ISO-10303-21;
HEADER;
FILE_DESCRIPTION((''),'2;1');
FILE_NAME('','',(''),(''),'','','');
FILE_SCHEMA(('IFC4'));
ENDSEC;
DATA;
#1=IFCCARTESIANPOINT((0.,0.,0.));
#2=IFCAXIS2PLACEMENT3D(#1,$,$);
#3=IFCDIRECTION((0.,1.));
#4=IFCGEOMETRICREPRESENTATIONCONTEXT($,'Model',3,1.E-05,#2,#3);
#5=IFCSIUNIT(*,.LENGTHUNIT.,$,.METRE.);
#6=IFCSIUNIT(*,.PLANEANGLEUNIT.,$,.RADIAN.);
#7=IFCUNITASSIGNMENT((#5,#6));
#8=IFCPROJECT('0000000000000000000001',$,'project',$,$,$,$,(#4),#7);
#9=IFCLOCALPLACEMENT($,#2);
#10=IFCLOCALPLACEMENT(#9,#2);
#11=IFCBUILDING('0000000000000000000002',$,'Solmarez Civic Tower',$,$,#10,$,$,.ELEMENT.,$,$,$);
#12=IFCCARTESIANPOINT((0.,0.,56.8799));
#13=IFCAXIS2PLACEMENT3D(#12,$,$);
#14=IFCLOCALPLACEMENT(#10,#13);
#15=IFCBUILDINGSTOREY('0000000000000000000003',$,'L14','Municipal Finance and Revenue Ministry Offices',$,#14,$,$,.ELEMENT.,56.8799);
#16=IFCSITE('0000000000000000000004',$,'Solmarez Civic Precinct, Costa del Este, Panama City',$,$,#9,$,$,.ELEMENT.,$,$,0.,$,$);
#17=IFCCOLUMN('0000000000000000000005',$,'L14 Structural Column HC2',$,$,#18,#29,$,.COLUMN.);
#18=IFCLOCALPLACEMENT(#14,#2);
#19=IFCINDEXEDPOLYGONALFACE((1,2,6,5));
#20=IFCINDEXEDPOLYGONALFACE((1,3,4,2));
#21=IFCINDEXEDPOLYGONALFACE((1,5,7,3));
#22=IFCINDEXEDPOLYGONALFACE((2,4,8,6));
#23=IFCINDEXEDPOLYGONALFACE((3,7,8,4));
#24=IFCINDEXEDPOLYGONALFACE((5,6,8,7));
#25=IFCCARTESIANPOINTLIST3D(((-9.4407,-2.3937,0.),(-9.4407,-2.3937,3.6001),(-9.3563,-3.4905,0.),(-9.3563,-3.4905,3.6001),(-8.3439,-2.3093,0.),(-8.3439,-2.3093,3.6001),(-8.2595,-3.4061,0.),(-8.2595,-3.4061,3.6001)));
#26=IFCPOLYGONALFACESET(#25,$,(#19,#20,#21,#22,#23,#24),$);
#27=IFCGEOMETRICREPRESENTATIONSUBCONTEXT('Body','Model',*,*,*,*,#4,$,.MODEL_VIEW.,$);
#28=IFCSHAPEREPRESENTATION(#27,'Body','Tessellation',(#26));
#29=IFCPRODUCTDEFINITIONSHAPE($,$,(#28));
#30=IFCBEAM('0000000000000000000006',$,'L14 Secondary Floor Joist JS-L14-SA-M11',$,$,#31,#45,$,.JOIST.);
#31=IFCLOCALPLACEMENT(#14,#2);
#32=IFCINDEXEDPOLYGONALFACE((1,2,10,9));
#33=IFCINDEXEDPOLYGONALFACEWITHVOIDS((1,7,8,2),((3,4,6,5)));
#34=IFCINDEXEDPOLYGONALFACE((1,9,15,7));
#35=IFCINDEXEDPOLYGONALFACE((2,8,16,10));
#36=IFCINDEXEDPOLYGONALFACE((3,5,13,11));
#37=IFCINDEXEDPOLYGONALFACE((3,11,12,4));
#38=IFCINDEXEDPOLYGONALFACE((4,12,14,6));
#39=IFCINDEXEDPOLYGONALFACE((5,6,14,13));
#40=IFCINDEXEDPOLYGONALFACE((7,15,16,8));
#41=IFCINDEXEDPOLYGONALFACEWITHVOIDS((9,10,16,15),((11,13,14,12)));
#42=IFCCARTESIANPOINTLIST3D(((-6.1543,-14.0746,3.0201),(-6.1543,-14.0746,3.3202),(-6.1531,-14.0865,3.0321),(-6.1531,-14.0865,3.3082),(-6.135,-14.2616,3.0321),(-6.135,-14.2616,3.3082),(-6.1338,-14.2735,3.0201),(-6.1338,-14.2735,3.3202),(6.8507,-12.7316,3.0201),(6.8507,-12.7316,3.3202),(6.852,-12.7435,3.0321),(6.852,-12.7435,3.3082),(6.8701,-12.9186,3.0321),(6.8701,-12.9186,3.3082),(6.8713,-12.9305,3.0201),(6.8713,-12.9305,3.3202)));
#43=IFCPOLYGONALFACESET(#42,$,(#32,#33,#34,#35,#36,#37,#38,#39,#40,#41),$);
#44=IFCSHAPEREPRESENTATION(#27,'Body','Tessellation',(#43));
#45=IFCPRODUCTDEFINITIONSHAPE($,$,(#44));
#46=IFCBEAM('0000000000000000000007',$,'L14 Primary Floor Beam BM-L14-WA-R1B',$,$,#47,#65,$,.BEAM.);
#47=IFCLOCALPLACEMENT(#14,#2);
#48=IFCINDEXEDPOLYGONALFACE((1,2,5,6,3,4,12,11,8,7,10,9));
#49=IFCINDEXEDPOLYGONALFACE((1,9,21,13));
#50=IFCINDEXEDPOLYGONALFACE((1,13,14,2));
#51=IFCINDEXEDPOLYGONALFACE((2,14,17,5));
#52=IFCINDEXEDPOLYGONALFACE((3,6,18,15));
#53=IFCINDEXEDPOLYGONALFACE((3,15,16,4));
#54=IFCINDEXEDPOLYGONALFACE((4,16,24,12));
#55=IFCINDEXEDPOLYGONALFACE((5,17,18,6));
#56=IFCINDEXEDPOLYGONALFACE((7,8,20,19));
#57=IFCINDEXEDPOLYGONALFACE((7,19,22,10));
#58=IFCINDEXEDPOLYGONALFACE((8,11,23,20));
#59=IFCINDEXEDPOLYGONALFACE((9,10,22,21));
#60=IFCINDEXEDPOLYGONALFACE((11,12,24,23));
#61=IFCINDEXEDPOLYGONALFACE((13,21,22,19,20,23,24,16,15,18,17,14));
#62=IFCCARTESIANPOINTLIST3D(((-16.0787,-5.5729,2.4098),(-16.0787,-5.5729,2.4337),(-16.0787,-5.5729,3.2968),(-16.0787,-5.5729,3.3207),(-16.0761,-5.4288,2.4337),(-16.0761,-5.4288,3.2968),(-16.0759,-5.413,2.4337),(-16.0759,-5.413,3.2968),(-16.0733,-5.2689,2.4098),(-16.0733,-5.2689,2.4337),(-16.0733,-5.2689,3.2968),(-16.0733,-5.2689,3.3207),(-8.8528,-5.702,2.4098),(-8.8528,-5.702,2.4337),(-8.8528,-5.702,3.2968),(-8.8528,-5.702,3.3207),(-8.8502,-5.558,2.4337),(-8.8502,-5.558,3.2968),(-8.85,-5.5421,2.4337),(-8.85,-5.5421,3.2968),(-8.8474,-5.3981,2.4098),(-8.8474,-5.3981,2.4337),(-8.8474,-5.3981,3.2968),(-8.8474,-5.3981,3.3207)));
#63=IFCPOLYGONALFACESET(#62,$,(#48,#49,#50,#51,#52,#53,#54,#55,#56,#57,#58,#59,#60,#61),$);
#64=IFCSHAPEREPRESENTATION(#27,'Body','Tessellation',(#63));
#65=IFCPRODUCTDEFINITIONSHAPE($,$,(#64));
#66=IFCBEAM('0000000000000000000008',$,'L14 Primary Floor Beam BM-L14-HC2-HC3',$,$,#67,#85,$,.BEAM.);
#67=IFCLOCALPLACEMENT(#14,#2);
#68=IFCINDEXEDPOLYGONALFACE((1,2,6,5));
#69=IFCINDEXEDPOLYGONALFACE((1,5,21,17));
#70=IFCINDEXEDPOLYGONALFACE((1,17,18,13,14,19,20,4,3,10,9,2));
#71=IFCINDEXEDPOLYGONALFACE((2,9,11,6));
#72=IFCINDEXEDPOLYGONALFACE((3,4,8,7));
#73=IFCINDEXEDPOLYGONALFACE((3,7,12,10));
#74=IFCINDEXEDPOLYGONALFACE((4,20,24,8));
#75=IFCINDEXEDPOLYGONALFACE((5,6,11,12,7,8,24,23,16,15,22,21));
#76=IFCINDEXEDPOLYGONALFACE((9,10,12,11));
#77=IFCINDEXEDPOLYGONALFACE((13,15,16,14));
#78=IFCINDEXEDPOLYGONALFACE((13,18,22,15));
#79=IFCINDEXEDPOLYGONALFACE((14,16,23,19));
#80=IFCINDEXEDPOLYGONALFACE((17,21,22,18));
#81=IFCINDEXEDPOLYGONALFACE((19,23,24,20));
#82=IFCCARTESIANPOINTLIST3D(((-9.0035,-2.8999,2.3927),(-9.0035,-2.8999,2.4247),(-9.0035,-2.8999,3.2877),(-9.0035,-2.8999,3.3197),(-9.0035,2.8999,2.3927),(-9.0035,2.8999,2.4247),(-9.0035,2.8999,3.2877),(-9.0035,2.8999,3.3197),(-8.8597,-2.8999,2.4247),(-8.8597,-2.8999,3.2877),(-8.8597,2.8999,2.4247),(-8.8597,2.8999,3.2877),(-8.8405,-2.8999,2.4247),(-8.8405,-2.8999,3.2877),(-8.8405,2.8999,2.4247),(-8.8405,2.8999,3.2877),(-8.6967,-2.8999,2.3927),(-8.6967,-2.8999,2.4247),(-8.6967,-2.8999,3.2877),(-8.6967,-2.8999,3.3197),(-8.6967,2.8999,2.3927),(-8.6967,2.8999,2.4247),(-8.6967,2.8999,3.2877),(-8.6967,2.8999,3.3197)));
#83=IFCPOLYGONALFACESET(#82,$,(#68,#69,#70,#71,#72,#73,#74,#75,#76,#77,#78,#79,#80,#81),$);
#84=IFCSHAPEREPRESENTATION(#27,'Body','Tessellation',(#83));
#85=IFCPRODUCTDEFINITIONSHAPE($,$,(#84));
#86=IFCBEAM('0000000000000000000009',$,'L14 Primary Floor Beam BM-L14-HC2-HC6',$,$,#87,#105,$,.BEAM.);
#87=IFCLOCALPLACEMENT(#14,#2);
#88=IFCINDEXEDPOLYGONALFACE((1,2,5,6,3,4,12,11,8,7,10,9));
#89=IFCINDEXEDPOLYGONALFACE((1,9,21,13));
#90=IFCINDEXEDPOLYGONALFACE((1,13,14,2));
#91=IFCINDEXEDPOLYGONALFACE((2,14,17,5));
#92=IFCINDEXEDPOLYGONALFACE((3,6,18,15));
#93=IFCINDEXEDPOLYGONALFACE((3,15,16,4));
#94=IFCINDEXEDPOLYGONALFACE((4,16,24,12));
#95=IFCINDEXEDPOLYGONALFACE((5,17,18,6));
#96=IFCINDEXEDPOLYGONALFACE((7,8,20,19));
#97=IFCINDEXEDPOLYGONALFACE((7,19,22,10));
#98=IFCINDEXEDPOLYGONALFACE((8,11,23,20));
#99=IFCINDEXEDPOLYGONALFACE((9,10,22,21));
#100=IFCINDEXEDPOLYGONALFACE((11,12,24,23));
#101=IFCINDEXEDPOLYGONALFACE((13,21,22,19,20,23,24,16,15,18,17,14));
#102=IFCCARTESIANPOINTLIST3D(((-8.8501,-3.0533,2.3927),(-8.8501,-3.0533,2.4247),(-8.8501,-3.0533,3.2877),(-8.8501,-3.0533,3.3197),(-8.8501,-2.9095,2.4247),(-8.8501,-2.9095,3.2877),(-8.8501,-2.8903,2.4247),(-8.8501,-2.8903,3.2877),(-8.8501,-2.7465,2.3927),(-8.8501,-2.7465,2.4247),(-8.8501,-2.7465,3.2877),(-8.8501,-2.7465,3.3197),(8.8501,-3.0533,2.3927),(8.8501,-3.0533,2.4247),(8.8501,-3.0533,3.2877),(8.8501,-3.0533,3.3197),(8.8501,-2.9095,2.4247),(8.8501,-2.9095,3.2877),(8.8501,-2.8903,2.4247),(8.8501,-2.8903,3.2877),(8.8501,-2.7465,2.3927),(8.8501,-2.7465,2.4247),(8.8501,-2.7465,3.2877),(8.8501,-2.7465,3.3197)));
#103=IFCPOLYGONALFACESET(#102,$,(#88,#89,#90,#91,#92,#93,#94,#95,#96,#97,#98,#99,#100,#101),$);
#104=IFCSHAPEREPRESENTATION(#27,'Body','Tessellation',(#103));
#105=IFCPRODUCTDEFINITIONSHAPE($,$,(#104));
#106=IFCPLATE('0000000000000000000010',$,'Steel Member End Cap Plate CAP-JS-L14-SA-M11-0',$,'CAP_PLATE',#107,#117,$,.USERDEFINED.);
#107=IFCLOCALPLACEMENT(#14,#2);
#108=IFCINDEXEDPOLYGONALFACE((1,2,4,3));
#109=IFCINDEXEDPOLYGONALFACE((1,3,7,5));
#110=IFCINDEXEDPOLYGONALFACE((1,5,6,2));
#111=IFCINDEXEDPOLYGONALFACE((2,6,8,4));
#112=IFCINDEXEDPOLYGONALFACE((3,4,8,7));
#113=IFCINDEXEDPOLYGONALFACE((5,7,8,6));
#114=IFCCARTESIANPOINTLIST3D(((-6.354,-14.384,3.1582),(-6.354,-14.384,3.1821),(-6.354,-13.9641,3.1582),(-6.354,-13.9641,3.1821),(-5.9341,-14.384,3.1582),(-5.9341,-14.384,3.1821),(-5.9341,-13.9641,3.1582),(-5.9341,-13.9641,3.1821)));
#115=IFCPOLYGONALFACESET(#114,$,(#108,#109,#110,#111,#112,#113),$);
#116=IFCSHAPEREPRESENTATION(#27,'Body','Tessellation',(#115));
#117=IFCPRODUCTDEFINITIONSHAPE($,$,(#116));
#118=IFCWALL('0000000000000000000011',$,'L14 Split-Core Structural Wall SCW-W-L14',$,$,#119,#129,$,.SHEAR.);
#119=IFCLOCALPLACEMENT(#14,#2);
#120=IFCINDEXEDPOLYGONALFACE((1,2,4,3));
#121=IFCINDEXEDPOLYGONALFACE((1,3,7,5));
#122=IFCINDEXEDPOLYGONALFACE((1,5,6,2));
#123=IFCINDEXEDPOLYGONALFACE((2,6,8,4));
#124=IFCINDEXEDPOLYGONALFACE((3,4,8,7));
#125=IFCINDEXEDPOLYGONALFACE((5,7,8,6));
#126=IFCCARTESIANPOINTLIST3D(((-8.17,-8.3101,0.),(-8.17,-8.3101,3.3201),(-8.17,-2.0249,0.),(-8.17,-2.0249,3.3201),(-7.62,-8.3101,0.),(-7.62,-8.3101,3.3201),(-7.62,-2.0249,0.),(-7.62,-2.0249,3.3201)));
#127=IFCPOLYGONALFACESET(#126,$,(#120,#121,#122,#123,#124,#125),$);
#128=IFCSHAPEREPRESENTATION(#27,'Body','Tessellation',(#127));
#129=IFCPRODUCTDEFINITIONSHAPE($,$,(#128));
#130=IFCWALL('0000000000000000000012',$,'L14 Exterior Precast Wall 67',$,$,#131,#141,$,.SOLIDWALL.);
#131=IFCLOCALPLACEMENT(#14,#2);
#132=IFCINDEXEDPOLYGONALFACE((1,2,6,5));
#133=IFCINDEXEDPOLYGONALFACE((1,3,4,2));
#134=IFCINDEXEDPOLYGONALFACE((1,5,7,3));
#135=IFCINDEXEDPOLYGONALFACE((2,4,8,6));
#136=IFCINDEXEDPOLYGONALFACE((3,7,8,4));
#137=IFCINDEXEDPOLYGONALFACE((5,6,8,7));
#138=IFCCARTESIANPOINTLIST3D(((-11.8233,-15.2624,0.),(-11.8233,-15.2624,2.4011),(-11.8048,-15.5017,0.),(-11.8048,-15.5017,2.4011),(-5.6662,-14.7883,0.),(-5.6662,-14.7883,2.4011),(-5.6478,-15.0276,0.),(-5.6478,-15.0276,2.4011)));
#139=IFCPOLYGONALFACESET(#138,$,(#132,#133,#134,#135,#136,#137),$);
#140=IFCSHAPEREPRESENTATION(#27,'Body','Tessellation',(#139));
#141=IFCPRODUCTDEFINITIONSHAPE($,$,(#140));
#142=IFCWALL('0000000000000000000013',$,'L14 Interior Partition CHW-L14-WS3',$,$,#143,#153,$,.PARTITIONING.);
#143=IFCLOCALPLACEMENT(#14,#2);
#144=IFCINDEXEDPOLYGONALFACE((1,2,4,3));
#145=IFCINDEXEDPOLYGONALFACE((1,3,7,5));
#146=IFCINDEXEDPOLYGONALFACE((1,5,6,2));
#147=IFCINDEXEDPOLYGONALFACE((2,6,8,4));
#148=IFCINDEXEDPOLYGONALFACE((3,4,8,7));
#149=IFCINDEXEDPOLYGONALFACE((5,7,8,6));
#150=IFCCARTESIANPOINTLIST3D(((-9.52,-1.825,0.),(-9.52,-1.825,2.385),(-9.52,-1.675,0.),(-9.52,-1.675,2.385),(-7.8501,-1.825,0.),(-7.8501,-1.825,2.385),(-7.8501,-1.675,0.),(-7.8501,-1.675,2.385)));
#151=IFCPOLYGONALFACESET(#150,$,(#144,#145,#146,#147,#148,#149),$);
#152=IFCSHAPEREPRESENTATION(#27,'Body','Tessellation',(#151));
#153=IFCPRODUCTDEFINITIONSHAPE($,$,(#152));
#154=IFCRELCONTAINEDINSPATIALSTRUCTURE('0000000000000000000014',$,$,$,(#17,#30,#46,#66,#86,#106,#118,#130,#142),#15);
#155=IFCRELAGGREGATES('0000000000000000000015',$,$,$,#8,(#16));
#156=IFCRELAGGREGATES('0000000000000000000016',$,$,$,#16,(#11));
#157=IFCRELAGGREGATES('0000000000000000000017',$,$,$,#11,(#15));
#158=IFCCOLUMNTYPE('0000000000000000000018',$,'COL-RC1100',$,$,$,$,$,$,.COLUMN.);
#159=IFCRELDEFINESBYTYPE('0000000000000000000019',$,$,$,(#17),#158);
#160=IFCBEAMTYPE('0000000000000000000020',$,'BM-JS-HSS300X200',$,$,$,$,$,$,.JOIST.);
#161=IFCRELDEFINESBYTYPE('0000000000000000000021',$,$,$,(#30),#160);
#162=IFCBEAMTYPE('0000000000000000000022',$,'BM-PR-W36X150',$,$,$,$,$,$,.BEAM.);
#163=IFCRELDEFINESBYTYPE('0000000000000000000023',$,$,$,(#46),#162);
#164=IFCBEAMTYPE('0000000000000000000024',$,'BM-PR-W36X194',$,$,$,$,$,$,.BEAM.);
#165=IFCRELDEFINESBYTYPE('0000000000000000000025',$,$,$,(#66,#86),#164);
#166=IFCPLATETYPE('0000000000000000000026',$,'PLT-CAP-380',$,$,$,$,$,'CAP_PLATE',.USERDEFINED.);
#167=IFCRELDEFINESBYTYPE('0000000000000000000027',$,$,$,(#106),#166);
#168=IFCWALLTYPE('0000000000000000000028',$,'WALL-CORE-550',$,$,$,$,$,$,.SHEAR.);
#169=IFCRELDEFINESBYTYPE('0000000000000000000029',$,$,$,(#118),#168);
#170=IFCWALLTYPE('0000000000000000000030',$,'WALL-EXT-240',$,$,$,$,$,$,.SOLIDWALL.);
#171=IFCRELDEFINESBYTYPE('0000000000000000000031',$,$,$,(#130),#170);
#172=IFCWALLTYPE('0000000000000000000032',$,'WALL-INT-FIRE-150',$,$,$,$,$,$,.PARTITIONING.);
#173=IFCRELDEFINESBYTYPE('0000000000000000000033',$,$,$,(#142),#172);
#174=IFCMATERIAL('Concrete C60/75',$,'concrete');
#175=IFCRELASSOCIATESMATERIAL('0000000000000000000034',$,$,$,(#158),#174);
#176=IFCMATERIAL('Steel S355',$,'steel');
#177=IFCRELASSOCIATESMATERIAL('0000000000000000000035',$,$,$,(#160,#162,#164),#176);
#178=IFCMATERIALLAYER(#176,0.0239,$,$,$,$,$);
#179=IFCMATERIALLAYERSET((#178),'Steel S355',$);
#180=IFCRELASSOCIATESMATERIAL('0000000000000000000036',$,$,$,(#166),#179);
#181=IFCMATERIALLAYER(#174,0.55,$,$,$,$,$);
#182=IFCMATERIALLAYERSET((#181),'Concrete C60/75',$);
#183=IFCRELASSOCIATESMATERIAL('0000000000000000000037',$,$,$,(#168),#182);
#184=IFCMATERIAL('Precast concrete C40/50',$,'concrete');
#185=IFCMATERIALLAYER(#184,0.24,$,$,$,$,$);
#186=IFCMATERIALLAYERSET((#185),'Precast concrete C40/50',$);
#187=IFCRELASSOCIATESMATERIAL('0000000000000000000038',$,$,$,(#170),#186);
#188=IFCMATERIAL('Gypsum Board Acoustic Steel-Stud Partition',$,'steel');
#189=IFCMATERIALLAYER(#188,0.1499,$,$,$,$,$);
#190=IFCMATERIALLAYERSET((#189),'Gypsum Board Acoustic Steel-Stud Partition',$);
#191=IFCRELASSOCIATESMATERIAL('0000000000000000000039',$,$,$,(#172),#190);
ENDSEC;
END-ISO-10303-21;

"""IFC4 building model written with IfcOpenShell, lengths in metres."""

from ifc_helpers import new_model, si_unit, direction, frame, frame_2d, origin, origin_2d, place, context, subcontext, project, spatial, rectangle, hollow_rectangle, i_section, extrude, material, layer, layer_set, material_profile, profile_set, type_object, element, save


model = new_model("IFC4")

# Units and contexts
model_context = context("Model", 3, precision=1e-05, world=origin(), true_north=direction((0.0, 1.0)))
body_context = subcontext(model_context, "Body", "Model", "MODEL_VIEW")
ifc_project = project(units=[si_unit("LENGTHUNIT", "METRE"), si_unit("PLANEANGLEUNIT", "RADIAN")], contexts=[model_context])

# Site, building, storey
site_placement = place(None, origin())
site = spatial("IfcSite", under=ifc_project, at=site_placement, Name="Solmarez Civic Precinct, Costa del Este, Panama City", CompositionType="ELEMENT", RefElevation=0.0)
building_placement = place(site_placement, origin())
building = spatial("IfcBuilding", under=site, at=building_placement, Name="Solmarez Civic Tower", CompositionType="ELEMENT")
storey_placement = place(building_placement, frame((0.0, 0.0, 56.8799)))
storey = spatial("IfcBuildingStorey", under=building, at=storey_placement, Name="L14", Description="Municipal Finance and Revenue Ministry Offices", CompositionType="ELEMENT", Elevation=56.8799)

# Column
ifc_material_1 = material(Name="Concrete C60/75", Category="concrete")
ifc_material_profile_1 = material_profile(ifc_material_1, rectangle(XDim=1.1001, YDim=1.1001, at=origin_2d()), Name="RC1100X1100")
ifc_profile_set_1 = profile_set([ifc_material_profile_1], Name="Concrete C60/75")
column_type = type_object("IfcColumnType", Name="COL-RC1100", PredefinedType="COLUMN", material=ifc_profile_set_1)
column_placement = place(storey_placement, frame((-8.8501, -2.8999, 0.0), z_axis=(0.0, 0.0, 1.0), x_axis=(0.997053, 0.076719, 0.0)))
element("IfcColumn", 1, at=column_placement, inside=storey, type_object=column_type, Name="L14 Structural Column HC2", PredefinedType="COLUMN", context=body_context, shape_type="SweptSolid", body=[
    extrude(rectangle(XDim=1.1001, YDim=1.1001, at=origin_2d()), origin(), (0.0, 0.0, 1.0), 3.6001),
])

# Beams
ifc_material_2 = material(Name="Steel S355", Category="steel")
ifc_material_profile_2 = material_profile(ifc_material_2, hollow_rectangle(XDim=0.2, YDim=0.3, WallThickness=0.012, at=origin_2d()), Name="HSS300X200X12")
ifc_profile_set_2 = profile_set([ifc_material_profile_2], Name="Steel S355")
beam_type_1 = type_object("IfcBeamType", Name="BM-JS-HSS300X200", PredefinedType="JOIST", material=ifc_profile_set_2)
beam_1_placement = place(storey_placement, frame((-6.144, -14.1741, 3.1702), z_axis=(0.99471, 0.102722, 0.0), x_axis=(-0.102722, 0.99471, 0.0)))
element("IfcBeam", 2, at=beam_1_placement, inside=storey, type_object=beam_type_1, Name="L14 Secondary Floor Joist JS-L14-SA-M11", PredefinedType="JOIST", context=body_context, shape_type="SweptSolid", body=[
    extrude(hollow_rectangle(XDim=0.2, YDim=0.3, WallThickness=0.012, at=origin_2d()), origin(), (0.0, 0.0, 1.0), 13.0742),
])
ifc_material_profile_3 = material_profile(ifc_material_2, i_section(OverallWidth=0.304, OverallDepth=0.9109, WebThickness=0.0159, FlangeThickness=0.0239, at=origin_2d()), Name="W36X150")
ifc_profile_set_3 = profile_set([ifc_material_profile_3], Name="Steel S355")
beam_type_2 = type_object("IfcBeamType", Name="BM-PR-W36X150", PredefinedType="BEAM", material=ifc_profile_set_3)
beam_2_placement = place(storey_placement, frame((-8.8501, -5.55, 2.8652), z_axis=(-0.99984, 0.017871, 0.0), x_axis=(-0.017871, -0.99984, 0.0)))
element("IfcBeam", 3, at=beam_2_placement, inside=storey, type_object=beam_type_2, Name="L14 Primary Floor Beam BM-L14-WA-R1B", PredefinedType="BEAM", context=body_context, shape_type="SweptSolid", body=[
    extrude(i_section(OverallWidth=0.304, OverallDepth=0.9109, WebThickness=0.0159, FlangeThickness=0.0239, at=origin_2d()), origin(), (0.0, 0.0, 1.0), 7.2271),
])
ifc_material_profile_4 = material_profile(ifc_material_2, i_section(OverallWidth=0.3069, OverallDepth=0.927, WebThickness=0.0193, FlangeThickness=0.032, at=origin_2d()), Name="W36X194")
ifc_profile_set_4 = profile_set([ifc_material_profile_4], Name="Steel S355")
beam_type_3 = type_object("IfcBeamType", Name="BM-PR-W36X194", PredefinedType="BEAM", material=ifc_profile_set_4)
beam_3_placement = place(storey_placement, frame((-8.8501, -2.8999, 2.8562), z_axis=(0.0, 1.0, 0.0), x_axis=(-1.0, 0.0, 0.0)))
element("IfcBeam", 4, at=beam_3_placement, inside=storey, type_object=beam_type_3, Name="L14 Primary Floor Beam BM-L14-HC2-HC3", PredefinedType="BEAM", context=body_context, shape_type="SweptSolid", body=[
    extrude(i_section(OverallWidth=0.3069, OverallDepth=0.927, WebThickness=0.0193, FlangeThickness=0.032, at=origin_2d()), origin(), (0.0, 0.0, 1.0), 5.7998),
])
beam_4_placement = place(storey_placement, frame((-8.8501, -2.8999, 2.8562), z_axis=(1.0, 0.0, 0.0), x_axis=(0.0, 1.0, 0.0)))
element("IfcBeam", 5, at=beam_4_placement, inside=storey, type_object=beam_type_3, Name="L14 Primary Floor Beam BM-L14-HC2-HC6", PredefinedType="BEAM", context=body_context, shape_type="SweptSolid", body=[
    extrude(i_section(OverallWidth=0.3069, OverallDepth=0.927, WebThickness=0.0193, FlangeThickness=0.032, at=origin_2d()), origin(), (0.0, 0.0, 1.0), 17.7002),
])

# Plate
ifc_layer_1 = layer(ifc_material_2, 0.0239)
ifc_layer_set_1 = layer_set([ifc_layer_1], Name="Steel S355")
plate_type = type_object("IfcPlateType", Name="PLT-CAP-380", ElementType="CAP_PLATE", PredefinedType="USERDEFINED", material=ifc_layer_set_1)
plate_placement = place(storey_placement, frame((-6.144, -14.1741, 3.1582), z_axis=(0.0, 0.0, 1.0), x_axis=(1.0, 0.0, 0.0)))
element("IfcPlate", 6, at=plate_placement, inside=storey, type_object=plate_type, Name="Steel Member End Cap Plate CAP-JS-L14-SA-M11-0", ObjectType="CAP_PLATE", PredefinedType="USERDEFINED", context=body_context, shape_type="SweptSolid", body=[
    extrude(rectangle(XDim=0.4199, YDim=0.4199, at=origin_2d()), origin(), (0.0, 0.0, 1.0), 0.0239),
])

# Shared definitions
ifc_layer_2 = layer(ifc_material_1, 0.55)
ifc_layer_set_2 = layer_set([ifc_layer_2], Name="Concrete C60/75")
wall_type_1 = type_object("IfcWallType", Name="WALL-CORE-550", PredefinedType="SHEAR", material=ifc_layer_set_2)

# Walls
wall_1_placement = place(storey_placement, frame((-7.895, -8.3101, 0.0), z_axis=(0.0, 0.0, 1.0), x_axis=(0.0, 1.0, 0.0)))
element("IfcWall", 7, at=wall_1_placement, inside=storey, type_object=wall_type_1, Name="L14 Split-Core Structural Wall SCW-W-L14", PredefinedType="SHEAR", context=body_context, shape_type="SweptSolid", body=[
    extrude(rectangle(XDim=6.2852, YDim=0.55, at=frame_2d((3.1426, 0.0))), origin(), (0.0, 0.0, 1.0), 3.3201),
])
ifc_material_3 = material(Name="Precast concrete C40/50", Category="concrete")
ifc_layer_3 = layer(ifc_material_3, 0.24)
ifc_layer_set_3 = layer_set([ifc_layer_3], Name="Precast concrete C40/50")
wall_type_2 = type_object("IfcWallType", Name="WALL-EXT-240", PredefinedType="SOLIDWALL", material=ifc_layer_set_3)
wall_2_placement = place(storey_placement, frame((-5.657, -14.908, 0.0), z_axis=(0.0, 0.0, 1.0), x_axis=(-0.997048, -0.076778, 0.0)))
element("IfcWall", 8, at=wall_2_placement, inside=storey, type_object=wall_type_2, Name="L14 Exterior Precast Wall 67", PredefinedType="SOLIDWALL", context=body_context, shape_type="SweptSolid", body=[
    extrude(rectangle(XDim=6.1753, YDim=0.24, at=frame_2d((3.0876, 0.0))), origin(), (0.0, 0.0, 1.0), 2.4011),
])
ifc_material_4 = material(Name="Gypsum Board Acoustic Steel-Stud Partition", Category="steel")
ifc_layer_4 = layer(ifc_material_4, 0.1499)
ifc_layer_set_4 = layer_set([ifc_layer_4], Name="Gypsum Board Acoustic Steel-Stud Partition")
wall_type_3 = type_object("IfcWallType", Name="WALL-INT-FIRE-150", PredefinedType="PARTITIONING", material=ifc_layer_set_4)
wall_3_placement = place(storey_placement, frame((-7.8501, -1.75, 0.0), z_axis=(0.0, 0.0, 1.0), x_axis=(-1.0, 0.0, 0.0)))
element("IfcWall", 9, at=wall_3_placement, inside=storey, type_object=wall_type_3, Name="L14 Interior Partition CHW-L14-WS3", PredefinedType="PARTITIONING", context=body_context, shape_type="SweptSolid", body=[
    extrude(rectangle(XDim=1.6699, YDim=0.1499, at=frame_2d((0.835, 0.0))), origin(), (0.0, 0.0, 1.0), 2.385),
])

save(model, "model.ifc")
